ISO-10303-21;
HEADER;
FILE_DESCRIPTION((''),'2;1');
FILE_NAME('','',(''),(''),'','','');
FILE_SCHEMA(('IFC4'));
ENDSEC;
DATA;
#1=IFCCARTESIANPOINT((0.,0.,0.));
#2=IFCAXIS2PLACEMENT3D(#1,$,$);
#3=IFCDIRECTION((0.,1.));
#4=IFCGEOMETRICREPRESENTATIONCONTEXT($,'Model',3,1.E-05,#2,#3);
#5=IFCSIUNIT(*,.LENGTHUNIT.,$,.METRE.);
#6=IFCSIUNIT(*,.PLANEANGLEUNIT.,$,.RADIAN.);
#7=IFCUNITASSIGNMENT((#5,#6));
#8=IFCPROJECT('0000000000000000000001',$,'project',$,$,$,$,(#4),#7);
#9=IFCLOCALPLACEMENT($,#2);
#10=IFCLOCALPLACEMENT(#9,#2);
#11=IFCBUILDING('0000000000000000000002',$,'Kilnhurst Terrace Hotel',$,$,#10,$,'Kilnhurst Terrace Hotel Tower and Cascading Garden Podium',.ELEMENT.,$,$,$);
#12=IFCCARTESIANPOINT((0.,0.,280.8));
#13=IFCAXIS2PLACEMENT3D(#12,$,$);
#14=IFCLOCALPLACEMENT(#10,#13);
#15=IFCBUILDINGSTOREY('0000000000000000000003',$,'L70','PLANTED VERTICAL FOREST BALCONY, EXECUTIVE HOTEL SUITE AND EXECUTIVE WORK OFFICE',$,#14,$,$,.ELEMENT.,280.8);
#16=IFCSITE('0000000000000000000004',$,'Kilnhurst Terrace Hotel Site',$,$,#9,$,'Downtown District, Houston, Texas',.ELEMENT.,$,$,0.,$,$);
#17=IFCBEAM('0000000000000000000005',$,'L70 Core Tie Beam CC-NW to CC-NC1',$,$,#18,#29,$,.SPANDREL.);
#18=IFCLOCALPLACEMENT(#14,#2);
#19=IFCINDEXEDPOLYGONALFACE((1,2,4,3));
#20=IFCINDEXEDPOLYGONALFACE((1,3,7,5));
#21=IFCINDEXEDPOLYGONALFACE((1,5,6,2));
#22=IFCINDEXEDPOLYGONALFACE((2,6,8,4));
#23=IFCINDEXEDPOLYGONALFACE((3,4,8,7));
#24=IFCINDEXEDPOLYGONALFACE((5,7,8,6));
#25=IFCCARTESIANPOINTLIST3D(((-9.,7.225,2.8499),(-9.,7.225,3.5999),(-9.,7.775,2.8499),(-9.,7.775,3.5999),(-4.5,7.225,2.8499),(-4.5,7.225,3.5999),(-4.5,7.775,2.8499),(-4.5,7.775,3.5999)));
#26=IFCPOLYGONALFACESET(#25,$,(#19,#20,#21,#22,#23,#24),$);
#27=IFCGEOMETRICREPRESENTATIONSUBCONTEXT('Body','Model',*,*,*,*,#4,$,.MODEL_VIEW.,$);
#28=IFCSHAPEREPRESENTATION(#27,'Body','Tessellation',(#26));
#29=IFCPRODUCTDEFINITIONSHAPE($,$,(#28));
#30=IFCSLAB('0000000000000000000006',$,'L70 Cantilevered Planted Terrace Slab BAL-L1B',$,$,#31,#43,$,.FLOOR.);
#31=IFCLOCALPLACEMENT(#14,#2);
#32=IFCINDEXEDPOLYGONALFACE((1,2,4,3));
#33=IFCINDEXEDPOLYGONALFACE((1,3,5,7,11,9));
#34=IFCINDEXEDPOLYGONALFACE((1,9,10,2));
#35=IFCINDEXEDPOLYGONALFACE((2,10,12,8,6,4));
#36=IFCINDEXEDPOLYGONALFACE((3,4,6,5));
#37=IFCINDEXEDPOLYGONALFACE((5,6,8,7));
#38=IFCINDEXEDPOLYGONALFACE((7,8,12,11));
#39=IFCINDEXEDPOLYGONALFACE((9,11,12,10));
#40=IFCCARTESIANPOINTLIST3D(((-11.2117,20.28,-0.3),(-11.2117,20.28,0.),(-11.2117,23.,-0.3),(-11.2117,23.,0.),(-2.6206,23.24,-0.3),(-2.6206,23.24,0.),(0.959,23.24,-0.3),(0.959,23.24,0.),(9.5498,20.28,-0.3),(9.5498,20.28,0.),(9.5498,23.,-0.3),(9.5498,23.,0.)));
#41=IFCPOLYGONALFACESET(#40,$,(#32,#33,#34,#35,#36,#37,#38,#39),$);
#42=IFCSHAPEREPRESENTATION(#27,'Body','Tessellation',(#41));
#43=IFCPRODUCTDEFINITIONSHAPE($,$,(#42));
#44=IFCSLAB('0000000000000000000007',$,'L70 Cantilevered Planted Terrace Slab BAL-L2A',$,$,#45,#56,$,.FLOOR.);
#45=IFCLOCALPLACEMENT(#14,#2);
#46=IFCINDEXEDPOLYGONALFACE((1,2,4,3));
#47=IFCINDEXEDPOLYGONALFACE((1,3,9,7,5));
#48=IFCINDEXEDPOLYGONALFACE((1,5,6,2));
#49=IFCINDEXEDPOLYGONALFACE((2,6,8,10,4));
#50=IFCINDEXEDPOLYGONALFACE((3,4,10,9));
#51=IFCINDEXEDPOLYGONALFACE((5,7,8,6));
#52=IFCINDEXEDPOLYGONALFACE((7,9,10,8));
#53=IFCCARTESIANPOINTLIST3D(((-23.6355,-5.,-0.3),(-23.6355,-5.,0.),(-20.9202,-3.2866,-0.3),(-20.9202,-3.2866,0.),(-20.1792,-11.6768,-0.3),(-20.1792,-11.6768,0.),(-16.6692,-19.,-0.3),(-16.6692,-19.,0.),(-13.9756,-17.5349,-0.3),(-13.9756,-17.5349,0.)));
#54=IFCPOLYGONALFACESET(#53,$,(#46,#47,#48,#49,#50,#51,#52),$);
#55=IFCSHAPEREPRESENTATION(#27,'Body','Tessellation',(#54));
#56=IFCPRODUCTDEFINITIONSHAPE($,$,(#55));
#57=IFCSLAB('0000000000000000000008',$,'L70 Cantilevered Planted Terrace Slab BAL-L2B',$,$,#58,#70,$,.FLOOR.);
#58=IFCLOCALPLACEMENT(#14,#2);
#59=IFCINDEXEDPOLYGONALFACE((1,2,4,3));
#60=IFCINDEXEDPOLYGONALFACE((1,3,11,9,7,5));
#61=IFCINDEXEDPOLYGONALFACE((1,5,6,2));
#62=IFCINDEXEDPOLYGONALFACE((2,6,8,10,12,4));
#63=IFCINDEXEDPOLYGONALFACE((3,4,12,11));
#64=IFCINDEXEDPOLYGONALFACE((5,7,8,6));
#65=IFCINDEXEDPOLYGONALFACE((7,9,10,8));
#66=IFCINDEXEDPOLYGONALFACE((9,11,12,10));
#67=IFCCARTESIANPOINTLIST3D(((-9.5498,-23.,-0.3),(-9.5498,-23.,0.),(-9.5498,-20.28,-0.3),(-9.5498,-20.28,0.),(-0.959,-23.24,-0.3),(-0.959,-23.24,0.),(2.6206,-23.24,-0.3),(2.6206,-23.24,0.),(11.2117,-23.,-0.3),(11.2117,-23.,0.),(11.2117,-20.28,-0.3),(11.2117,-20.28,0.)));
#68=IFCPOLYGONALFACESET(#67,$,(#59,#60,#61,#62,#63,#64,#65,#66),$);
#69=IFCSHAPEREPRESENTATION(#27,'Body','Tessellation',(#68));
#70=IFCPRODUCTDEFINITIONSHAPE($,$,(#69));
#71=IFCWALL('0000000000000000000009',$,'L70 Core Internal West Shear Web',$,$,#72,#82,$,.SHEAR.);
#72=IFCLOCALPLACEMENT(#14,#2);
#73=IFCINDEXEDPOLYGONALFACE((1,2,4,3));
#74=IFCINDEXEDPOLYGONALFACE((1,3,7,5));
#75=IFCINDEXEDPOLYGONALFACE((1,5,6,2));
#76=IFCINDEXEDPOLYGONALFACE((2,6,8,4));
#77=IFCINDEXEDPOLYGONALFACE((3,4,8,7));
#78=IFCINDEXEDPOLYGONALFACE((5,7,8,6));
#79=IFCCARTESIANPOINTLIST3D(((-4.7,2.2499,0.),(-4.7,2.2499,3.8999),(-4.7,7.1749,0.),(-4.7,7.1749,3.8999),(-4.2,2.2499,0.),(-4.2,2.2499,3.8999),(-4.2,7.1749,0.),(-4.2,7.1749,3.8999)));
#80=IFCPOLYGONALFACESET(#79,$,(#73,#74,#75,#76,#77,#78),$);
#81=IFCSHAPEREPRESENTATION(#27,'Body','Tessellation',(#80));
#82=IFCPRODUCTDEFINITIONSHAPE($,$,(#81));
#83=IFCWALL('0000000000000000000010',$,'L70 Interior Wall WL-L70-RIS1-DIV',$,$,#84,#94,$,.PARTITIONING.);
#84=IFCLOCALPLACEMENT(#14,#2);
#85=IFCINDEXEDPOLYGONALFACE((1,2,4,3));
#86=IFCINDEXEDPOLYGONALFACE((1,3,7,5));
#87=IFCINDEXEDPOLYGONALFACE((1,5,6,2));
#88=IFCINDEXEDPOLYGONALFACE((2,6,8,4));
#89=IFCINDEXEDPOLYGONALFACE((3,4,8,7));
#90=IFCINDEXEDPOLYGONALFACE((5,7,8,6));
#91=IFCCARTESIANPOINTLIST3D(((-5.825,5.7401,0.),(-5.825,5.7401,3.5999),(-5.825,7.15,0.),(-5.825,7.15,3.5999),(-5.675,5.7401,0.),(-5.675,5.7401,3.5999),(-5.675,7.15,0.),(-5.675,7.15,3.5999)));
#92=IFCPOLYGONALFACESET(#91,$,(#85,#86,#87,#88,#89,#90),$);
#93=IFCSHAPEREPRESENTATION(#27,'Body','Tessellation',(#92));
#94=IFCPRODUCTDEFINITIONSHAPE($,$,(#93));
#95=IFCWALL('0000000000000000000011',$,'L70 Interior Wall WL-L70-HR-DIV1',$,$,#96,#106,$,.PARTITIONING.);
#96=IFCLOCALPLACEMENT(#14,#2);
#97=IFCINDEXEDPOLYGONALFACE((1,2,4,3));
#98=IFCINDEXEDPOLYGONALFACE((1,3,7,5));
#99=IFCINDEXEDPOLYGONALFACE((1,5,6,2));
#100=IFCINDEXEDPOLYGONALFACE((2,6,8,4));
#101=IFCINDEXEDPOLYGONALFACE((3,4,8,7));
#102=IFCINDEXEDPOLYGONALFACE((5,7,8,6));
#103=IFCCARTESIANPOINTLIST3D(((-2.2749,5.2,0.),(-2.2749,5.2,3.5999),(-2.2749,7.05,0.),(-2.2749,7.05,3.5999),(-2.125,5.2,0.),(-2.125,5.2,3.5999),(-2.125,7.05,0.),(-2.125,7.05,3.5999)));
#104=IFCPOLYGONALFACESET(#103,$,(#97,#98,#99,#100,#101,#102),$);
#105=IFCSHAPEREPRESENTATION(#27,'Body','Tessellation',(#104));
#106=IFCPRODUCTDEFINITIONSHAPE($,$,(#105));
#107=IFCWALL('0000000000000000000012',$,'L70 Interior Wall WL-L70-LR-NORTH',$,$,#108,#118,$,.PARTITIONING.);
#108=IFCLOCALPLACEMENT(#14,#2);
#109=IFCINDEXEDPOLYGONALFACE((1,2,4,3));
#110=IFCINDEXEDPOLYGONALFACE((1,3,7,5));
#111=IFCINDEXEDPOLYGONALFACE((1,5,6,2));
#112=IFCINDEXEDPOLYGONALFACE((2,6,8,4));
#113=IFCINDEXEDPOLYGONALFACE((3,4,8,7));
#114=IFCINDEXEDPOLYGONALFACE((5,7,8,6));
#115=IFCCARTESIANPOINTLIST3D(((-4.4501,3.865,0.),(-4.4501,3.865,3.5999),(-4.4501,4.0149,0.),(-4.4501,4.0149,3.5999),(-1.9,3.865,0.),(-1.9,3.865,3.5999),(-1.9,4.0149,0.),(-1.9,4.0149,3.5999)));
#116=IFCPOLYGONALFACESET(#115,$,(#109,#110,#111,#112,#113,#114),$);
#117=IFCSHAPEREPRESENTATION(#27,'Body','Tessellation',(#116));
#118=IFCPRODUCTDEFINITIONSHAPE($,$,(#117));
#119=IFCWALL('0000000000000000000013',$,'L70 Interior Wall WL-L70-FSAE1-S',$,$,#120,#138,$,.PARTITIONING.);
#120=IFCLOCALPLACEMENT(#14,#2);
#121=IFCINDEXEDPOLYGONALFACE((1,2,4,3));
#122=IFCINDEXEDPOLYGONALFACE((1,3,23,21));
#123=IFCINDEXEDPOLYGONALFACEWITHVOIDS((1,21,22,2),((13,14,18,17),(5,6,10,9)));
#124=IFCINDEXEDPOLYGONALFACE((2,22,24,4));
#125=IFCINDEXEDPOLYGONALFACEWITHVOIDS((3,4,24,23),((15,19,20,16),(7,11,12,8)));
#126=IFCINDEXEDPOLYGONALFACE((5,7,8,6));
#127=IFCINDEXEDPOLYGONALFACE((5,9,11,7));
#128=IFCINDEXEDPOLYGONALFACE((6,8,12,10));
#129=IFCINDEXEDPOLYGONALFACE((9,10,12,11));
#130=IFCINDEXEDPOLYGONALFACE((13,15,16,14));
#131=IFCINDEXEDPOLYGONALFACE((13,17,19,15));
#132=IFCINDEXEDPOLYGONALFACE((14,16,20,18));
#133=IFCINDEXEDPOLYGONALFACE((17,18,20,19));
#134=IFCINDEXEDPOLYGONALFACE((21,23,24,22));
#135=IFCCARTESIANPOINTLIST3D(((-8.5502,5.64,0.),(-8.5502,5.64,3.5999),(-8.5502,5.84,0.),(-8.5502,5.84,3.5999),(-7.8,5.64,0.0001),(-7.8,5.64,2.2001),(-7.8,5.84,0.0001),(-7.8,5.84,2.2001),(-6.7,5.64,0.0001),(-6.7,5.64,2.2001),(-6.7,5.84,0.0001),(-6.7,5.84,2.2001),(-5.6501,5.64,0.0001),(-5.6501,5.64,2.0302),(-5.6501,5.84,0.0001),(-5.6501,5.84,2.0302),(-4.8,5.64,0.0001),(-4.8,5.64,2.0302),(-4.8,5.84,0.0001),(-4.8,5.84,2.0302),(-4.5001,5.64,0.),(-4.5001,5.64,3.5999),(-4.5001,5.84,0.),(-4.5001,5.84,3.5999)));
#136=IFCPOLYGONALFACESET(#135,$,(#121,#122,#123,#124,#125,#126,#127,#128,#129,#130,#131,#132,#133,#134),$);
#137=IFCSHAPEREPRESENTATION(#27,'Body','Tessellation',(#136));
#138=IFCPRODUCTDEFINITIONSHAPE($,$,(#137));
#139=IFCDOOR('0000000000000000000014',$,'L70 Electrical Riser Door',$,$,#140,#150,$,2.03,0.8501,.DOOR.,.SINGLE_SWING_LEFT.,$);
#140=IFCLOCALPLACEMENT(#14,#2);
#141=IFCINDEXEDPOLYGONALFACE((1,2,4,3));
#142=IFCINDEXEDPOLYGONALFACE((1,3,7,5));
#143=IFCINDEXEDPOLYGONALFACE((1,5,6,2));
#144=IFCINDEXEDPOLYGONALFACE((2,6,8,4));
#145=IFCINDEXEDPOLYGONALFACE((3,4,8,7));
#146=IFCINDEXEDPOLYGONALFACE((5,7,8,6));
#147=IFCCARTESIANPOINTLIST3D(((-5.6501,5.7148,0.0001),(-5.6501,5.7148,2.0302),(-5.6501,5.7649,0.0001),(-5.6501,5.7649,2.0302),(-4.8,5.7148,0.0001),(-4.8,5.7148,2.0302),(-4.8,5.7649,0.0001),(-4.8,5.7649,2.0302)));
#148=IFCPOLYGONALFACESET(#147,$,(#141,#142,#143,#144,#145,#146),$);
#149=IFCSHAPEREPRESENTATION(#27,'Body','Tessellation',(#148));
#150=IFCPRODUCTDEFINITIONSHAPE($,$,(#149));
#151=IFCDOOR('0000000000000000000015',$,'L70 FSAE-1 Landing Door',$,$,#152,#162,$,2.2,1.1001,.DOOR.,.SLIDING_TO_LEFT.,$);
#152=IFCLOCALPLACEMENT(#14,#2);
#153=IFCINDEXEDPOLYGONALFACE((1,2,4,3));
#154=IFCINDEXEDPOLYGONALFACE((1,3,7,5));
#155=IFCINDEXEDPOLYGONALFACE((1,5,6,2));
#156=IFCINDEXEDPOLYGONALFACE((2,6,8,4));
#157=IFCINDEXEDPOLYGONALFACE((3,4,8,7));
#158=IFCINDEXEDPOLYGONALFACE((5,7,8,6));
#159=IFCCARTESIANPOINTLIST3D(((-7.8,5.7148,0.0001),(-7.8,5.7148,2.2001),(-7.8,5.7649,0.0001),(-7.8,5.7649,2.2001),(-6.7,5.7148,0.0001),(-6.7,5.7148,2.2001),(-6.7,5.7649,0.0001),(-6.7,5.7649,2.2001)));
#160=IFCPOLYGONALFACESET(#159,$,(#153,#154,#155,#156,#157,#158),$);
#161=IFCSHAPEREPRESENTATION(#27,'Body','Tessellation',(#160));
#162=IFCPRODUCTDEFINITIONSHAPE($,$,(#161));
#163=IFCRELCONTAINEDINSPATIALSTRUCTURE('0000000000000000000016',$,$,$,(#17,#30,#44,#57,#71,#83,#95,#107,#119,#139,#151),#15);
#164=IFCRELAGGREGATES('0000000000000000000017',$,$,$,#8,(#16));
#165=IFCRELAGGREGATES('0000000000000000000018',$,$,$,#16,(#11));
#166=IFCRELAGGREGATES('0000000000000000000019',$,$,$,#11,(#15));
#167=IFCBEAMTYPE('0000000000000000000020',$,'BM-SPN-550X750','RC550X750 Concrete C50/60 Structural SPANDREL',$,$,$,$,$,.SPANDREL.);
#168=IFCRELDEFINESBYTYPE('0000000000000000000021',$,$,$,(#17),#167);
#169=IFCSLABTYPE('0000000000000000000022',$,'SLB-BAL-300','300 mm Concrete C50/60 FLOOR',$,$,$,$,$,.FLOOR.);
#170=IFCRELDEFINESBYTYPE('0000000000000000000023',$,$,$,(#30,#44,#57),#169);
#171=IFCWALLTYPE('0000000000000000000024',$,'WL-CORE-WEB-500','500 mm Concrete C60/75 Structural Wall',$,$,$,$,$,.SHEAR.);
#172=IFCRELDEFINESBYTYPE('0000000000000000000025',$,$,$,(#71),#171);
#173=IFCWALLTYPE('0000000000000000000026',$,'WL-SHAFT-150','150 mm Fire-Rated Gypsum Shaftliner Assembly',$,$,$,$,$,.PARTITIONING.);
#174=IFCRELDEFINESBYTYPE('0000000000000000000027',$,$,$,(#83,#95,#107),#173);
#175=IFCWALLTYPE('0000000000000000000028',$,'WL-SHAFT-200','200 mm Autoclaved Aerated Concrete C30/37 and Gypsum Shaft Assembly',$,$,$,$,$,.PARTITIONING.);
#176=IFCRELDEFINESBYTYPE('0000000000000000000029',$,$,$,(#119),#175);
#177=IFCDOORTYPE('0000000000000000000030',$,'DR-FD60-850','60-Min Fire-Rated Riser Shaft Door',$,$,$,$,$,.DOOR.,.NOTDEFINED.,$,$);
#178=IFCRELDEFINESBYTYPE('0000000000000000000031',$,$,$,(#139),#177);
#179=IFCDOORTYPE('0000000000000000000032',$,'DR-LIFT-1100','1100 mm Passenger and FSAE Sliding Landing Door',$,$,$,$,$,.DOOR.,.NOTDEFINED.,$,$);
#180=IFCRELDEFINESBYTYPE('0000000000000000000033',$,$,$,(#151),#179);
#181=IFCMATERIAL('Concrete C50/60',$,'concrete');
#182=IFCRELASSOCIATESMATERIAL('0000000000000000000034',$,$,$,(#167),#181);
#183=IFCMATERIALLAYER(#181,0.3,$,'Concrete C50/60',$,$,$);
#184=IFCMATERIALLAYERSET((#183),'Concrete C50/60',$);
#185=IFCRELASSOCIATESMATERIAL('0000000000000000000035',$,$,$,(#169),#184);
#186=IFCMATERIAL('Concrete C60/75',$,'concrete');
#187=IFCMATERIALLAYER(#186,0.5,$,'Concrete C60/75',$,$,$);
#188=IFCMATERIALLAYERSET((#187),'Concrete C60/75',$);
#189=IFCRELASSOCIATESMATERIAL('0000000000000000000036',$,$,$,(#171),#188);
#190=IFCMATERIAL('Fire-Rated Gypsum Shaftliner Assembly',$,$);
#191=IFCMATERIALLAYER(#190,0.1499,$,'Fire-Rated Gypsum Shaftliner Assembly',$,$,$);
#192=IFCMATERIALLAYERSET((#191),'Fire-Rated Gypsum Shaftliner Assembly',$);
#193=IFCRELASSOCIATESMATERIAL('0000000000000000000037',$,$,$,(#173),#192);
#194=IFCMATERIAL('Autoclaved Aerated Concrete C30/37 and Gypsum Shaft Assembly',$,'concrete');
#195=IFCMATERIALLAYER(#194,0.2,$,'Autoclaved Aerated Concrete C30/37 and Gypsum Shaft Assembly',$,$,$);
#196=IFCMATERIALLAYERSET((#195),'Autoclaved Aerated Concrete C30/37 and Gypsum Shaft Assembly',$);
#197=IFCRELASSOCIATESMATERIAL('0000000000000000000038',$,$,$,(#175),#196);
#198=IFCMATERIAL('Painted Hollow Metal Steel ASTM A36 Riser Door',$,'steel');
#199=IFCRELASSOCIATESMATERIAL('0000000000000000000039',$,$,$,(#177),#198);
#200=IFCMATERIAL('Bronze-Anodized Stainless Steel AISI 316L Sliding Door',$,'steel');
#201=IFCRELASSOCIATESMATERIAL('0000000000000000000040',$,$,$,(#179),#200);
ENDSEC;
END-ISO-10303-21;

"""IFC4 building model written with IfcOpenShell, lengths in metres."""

from ifc_helpers import new_model, si_unit, direction, frame, frame_2d, origin, origin_2d, place, context, subcontext, project, spatial, polyline, rectangle, outline, extrude, material, layer, layer_set, material_profile, profile_set, type_object, element, fill, save


model = new_model("IFC4")

# Units and contexts
model_context = context("Model", 3, precision=1e-05, world=origin(), true_north=direction((0.0, 1.0)))
body_context = subcontext(model_context, "Body", "Model", "MODEL_VIEW")
ifc_project = project(units=[si_unit("LENGTHUNIT", "METRE"), si_unit("PLANEANGLEUNIT", "RADIAN")], contexts=[model_context])

# Site, building, storey
site_placement = place(None, origin())
site = spatial("IfcSite", under=ifc_project, at=site_placement, Name="Kilnhurst Terrace Hotel Site", LongName="Downtown District, Houston, Texas", CompositionType="ELEMENT", RefElevation=0.0)
building_placement = place(site_placement, origin())
building = spatial("IfcBuilding", under=site, at=building_placement, Name="Kilnhurst Terrace Hotel", LongName="Kilnhurst Terrace Hotel Tower and Cascading Garden Podium", CompositionType="ELEMENT")
storey_placement = place(building_placement, frame((0.0, 0.0, 280.8)))
storey = spatial("IfcBuildingStorey", under=building, at=storey_placement, Name="L70", Description="PLANTED VERTICAL FOREST BALCONY, EXECUTIVE HOTEL SUITE AND EXECUTIVE WORK OFFICE", CompositionType="ELEMENT", Elevation=280.8)

# Beam
ifc_material_1 = material(Name="Concrete C50/60", Category="concrete")
ifc_material_profile = material_profile(ifc_material_1, rectangle(XDim=0.55, YDim=0.75, at=origin_2d()), Name="RC550X750")
ifc_profile_set = profile_set([ifc_material_profile], Name="Concrete C50/60")
beam_type = type_object("IfcBeamType", Name="BM-SPN-550X750", Description="RC550X750 Concrete C50/60 Structural SPANDREL", PredefinedType="SPANDREL", material=ifc_profile_set)
beam_placement = place(storey_placement, frame((-9.0, 7.5, 3.2249), z_axis=(1.0, 0.0, 0.0), x_axis=(0.0, 1.0, 0.0)))
element("IfcBeam", 1, at=beam_placement, inside=storey, type_object=beam_type, Name="L70 Core Tie Beam CC-NW to CC-NC1", PredefinedType="SPANDREL", context=body_context, shape_type="SweptSolid", body=[
    extrude(rectangle(XDim=0.55, YDim=0.75, at=origin_2d()), origin(), (0.0, 0.0, 1.0), 4.5),
])

# Slabs
ifc_layer_1 = layer(ifc_material_1, 0.3, Name="Concrete C50/60")
ifc_layer_set_1 = layer_set([ifc_layer_1], Name="Concrete C50/60")
slab_type = type_object("IfcSlabType", Name="SLB-BAL-300", Description="300 mm Concrete C50/60 FLOOR", PredefinedType="FLOOR", material=ifc_layer_set_1)
slab_1_placement = place(storey_placement, frame((0.0, 0.0, -0.3)))
element("IfcSlab", 2, at=slab_1_placement, inside=storey, type_object=slab_type, Name="L70 Cantilevered Planted Terrace Slab BAL-L1B", PredefinedType="FLOOR", context=body_context, shape_type="SweptSolid", body=[
    extrude(outline(polyline([(0.959, 23.24), (9.5498, 23.0), (9.5498, 20.28), (-11.2117, 20.28), (-11.2117, 23.0), (-2.6206, 23.24), (0.959, 23.24)])), origin(), (0.0, 0.0, 1.0), 0.3),
])
slab_2_placement = place(storey_placement, frame((0.0, 0.0, -0.3)))
element("IfcSlab", 3, at=slab_2_placement, inside=storey, type_object=slab_type, Name="L70 Cantilevered Planted Terrace Slab BAL-L2A", PredefinedType="FLOOR", context=body_context, shape_type="SweptSolid", body=[
    extrude(outline(polyline([(-23.6355, -5.0), (-20.9202, -3.2866), (-13.9756, -17.5349), (-16.6692, -19.0), (-20.1792, -11.6768), (-23.6355, -5.0)])), origin(), (0.0, 0.0, 1.0), 0.3),
])
slab_3_placement = place(storey_placement, frame((0.0, 0.0, -0.3)))
element("IfcSlab", 4, at=slab_3_placement, inside=storey, type_object=slab_type, Name="L70 Cantilevered Planted Terrace Slab BAL-L2B", PredefinedType="FLOOR", context=body_context, shape_type="SweptSolid", body=[
    extrude(outline(polyline([(-0.959, -23.24), (-9.5498, -23.0), (-9.5498, -20.28), (11.2117, -20.28), (11.2117, -23.0), (2.6206, -23.24), (-0.959, -23.24)])), origin(), (0.0, 0.0, 1.0), 0.3),
])

# Walls
ifc_material_2 = material(Name="Concrete C60/75", Category="concrete")
ifc_layer_2 = layer(ifc_material_2, 0.5, Name="Concrete C60/75")
ifc_layer_set_2 = layer_set([ifc_layer_2], Name="Concrete C60/75")
wall_type_1 = type_object("IfcWallType", Name="WL-CORE-WEB-500", Description="500 mm Concrete C60/75 Structural Wall", PredefinedType="SHEAR", material=ifc_layer_set_2)
wall_1_placement = place(storey_placement, frame((-4.45, 2.25, 0.0), z_axis=(0.0, 0.0, 1.0), x_axis=(0.0, 1.0, 0.0)))
element("IfcWall", 5, at=wall_1_placement, inside=storey, type_object=wall_type_1, Name="L70 Core Internal West Shear Web", PredefinedType="SHEAR", context=body_context, shape_type="SweptSolid", body=[
    extrude(rectangle(XDim=4.925, YDim=0.5, at=frame_2d((2.4624, 0.0))), origin(), (0.0, 0.0, 1.0), 3.8999),
])
ifc_material_3 = material(Name="Fire-Rated Gypsum Shaftliner Assembly")
ifc_layer_3 = layer(ifc_material_3, 0.1499, Name="Fire-Rated Gypsum Shaftliner Assembly")
ifc_layer_set_3 = layer_set([ifc_layer_3], Name="Fire-Rated Gypsum Shaftliner Assembly")
wall_type_2 = type_object("IfcWallType", Name="WL-SHAFT-150", Description="150 mm Fire-Rated Gypsum Shaftliner Assembly", PredefinedType="PARTITIONING", material=ifc_layer_set_3)
wall_2_placement = place(storey_placement, frame((-5.75, 5.74, 0.0), z_axis=(0.0, 0.0, 1.0), x_axis=(0.0, 1.0, 0.0)))
element("IfcWall", 6, at=wall_2_placement, inside=storey, type_object=wall_type_2, Name="L70 Interior Wall WL-L70-RIS1-DIV", PredefinedType="PARTITIONING", context=body_context, shape_type="SweptSolid", body=[
    extrude(rectangle(XDim=1.4099, YDim=0.1499, at=frame_2d((0.7051, 0.0))), origin(), (0.0, 0.0, 1.0), 3.5999),
])
wall_3_placement = place(storey_placement, frame((-2.2, 5.2, 0.0), z_axis=(0.0, 0.0, 1.0), x_axis=(0.0, 1.0, 0.0)))
element("IfcWall", 7, at=wall_3_placement, inside=storey, type_object=wall_type_2, Name="L70 Interior Wall WL-L70-HR-DIV1", PredefinedType="PARTITIONING", context=body_context, shape_type="SweptSolid", body=[
    extrude(rectangle(XDim=1.8501, YDim=0.1499, at=frame_2d((0.925, 0.0))), origin(), (0.0, 0.0, 1.0), 3.5999),
])
wall_4_placement = place(storey_placement, frame((-4.45, 3.9399, 0.0), z_axis=(0.0, 0.0, 1.0), x_axis=(1.0, 0.0, 0.0)))
element("IfcWall", 8, at=wall_4_placement, inside=storey, type_object=wall_type_2, Name="L70 Interior Wall WL-L70-LR-NORTH", PredefinedType="PARTITIONING", context=body_context, shape_type="SweptSolid", body=[
    extrude(rectangle(XDim=2.55, YDim=0.1499, at=frame_2d((1.2749, 0.0))), origin(), (0.0, 0.0, 1.0), 3.5999),
])

# Wall, openings, doors
ifc_material_4 = material(Name="Autoclaved Aerated Concrete C30/37 and Gypsum Shaft Assembly", Category="concrete")
ifc_layer_4 = layer(ifc_material_4, 0.2, Name="Autoclaved Aerated Concrete C30/37 and Gypsum Shaft Assembly")
ifc_layer_set_4 = layer_set([ifc_layer_4], Name="Autoclaved Aerated Concrete C30/37 and Gypsum Shaft Assembly")
wall_type_3 = type_object("IfcWallType", Name="WL-SHAFT-200", Description="200 mm Autoclaved Aerated Concrete C30/37 and Gypsum Shaft Assembly", PredefinedType="PARTITIONING", material=ifc_layer_set_4)
wall_5_placement = place(storey_placement, frame((-8.55, 5.74, 0.0), z_axis=(0.0, 0.0, 1.0), x_axis=(1.0, 0.0, 0.0)))
wall_5 = element("IfcWall", 9, at=wall_5_placement, inside=storey, type_object=wall_type_3, Name="L70 Interior Wall WL-L70-FSAE1-S", PredefinedType="PARTITIONING", context=body_context, shape_type="SweptSolid", body=[
    extrude(rectangle(XDim=4.05, YDim=0.2, at=frame_2d((2.0249, 0.0))), origin(), (0.0, 0.0, 1.0), 3.5999),
])
opening_1_placement = place(wall_5_placement, frame((0.75, 0.0, 0.0)))
opening_1 = element("IfcOpeningElement", 10, at=opening_1_placement, cuts=wall_5, PredefinedType="OPENING", context=body_context, shape_type="SweptSolid", body=[
    extrude(rectangle(XDim=1.1001, YDim=2.2, at=frame_2d((0.55, 1.1001))), frame((0.0, 0.1099, 0.0), z_axis=(0.0, -1.0, 0.0), x_axis=(1.0, 0.0, 0.0)), (0.0, 0.0, 1.0), 0.22),
])
opening_2_placement = place(wall_5_placement, frame((2.8999, 0.0, 0.0)))
opening_2 = element("IfcOpeningElement", 11, at=opening_2_placement, cuts=wall_5, PredefinedType="OPENING", context=body_context, shape_type="SweptSolid", body=[
    extrude(rectangle(XDim=0.8501, YDim=2.03, at=frame_2d((0.425, 1.0151))), frame((0.0, 0.1099, 0.0), z_axis=(0.0, -1.0, 0.0), x_axis=(1.0, 0.0, 0.0)), (0.0, 0.0, 1.0), 0.22),
])
ifc_material_5 = material(Name="Painted Hollow Metal Steel ASTM A36 Riser Door", Category="steel")
door_type_1 = type_object("IfcDoorType", Name="DR-FD60-850", Description="60-Min Fire-Rated Riser Shaft Door", OperationType="NOTDEFINED", PredefinedType="DOOR", material=ifc_material_5)
door_1_placement = place(opening_2_placement, origin())
door_1 = element("IfcDoor", 12, at=door_1_placement, inside=storey, type_object=door_type_1, Name="L70 Electrical Riser Door", OperationType="SINGLE_SWING_LEFT", OverallHeight=2.03, OverallWidth=0.8501, PredefinedType="DOOR", context=body_context, shape_type="SweptSolid", body=[
    extrude(rectangle(XDim=0.8501, YDim=2.03, at=frame_2d((0.425, 1.0151))), frame((0.0, 0.0249, 0.0), z_axis=(0.0, -1.0, 0.0), x_axis=(1.0, 0.0, 0.0)), (0.0, 0.0, 1.0), 0.05),
])
fill(opening_2, door_1)
ifc_material_6 = material(Name="Bronze-Anodized Stainless Steel AISI 316L Sliding Door", Category="steel")
door_type_2 = type_object("IfcDoorType", Name="DR-LIFT-1100", Description="1100 mm Passenger and FSAE Sliding Landing Door", OperationType="NOTDEFINED", PredefinedType="DOOR", material=ifc_material_6)
door_2_placement = place(opening_1_placement, origin())
door_2 = element("IfcDoor", 13, at=door_2_placement, inside=storey, type_object=door_type_2, Name="L70 FSAE-1 Landing Door", OperationType="SLIDING_TO_LEFT", OverallHeight=2.2, OverallWidth=1.1001, PredefinedType="DOOR", context=body_context, shape_type="SweptSolid", body=[
    extrude(rectangle(XDim=1.1001, YDim=2.2, at=frame_2d((0.55, 1.1001))), frame((0.0, 0.0249, 0.0), z_axis=(0.0, -1.0, 0.0), x_axis=(1.0, 0.0, 0.0)), (0.0, 0.0, 1.0), 0.05),
])
fill(opening_1, door_2)

save(model, "model.ifc")
